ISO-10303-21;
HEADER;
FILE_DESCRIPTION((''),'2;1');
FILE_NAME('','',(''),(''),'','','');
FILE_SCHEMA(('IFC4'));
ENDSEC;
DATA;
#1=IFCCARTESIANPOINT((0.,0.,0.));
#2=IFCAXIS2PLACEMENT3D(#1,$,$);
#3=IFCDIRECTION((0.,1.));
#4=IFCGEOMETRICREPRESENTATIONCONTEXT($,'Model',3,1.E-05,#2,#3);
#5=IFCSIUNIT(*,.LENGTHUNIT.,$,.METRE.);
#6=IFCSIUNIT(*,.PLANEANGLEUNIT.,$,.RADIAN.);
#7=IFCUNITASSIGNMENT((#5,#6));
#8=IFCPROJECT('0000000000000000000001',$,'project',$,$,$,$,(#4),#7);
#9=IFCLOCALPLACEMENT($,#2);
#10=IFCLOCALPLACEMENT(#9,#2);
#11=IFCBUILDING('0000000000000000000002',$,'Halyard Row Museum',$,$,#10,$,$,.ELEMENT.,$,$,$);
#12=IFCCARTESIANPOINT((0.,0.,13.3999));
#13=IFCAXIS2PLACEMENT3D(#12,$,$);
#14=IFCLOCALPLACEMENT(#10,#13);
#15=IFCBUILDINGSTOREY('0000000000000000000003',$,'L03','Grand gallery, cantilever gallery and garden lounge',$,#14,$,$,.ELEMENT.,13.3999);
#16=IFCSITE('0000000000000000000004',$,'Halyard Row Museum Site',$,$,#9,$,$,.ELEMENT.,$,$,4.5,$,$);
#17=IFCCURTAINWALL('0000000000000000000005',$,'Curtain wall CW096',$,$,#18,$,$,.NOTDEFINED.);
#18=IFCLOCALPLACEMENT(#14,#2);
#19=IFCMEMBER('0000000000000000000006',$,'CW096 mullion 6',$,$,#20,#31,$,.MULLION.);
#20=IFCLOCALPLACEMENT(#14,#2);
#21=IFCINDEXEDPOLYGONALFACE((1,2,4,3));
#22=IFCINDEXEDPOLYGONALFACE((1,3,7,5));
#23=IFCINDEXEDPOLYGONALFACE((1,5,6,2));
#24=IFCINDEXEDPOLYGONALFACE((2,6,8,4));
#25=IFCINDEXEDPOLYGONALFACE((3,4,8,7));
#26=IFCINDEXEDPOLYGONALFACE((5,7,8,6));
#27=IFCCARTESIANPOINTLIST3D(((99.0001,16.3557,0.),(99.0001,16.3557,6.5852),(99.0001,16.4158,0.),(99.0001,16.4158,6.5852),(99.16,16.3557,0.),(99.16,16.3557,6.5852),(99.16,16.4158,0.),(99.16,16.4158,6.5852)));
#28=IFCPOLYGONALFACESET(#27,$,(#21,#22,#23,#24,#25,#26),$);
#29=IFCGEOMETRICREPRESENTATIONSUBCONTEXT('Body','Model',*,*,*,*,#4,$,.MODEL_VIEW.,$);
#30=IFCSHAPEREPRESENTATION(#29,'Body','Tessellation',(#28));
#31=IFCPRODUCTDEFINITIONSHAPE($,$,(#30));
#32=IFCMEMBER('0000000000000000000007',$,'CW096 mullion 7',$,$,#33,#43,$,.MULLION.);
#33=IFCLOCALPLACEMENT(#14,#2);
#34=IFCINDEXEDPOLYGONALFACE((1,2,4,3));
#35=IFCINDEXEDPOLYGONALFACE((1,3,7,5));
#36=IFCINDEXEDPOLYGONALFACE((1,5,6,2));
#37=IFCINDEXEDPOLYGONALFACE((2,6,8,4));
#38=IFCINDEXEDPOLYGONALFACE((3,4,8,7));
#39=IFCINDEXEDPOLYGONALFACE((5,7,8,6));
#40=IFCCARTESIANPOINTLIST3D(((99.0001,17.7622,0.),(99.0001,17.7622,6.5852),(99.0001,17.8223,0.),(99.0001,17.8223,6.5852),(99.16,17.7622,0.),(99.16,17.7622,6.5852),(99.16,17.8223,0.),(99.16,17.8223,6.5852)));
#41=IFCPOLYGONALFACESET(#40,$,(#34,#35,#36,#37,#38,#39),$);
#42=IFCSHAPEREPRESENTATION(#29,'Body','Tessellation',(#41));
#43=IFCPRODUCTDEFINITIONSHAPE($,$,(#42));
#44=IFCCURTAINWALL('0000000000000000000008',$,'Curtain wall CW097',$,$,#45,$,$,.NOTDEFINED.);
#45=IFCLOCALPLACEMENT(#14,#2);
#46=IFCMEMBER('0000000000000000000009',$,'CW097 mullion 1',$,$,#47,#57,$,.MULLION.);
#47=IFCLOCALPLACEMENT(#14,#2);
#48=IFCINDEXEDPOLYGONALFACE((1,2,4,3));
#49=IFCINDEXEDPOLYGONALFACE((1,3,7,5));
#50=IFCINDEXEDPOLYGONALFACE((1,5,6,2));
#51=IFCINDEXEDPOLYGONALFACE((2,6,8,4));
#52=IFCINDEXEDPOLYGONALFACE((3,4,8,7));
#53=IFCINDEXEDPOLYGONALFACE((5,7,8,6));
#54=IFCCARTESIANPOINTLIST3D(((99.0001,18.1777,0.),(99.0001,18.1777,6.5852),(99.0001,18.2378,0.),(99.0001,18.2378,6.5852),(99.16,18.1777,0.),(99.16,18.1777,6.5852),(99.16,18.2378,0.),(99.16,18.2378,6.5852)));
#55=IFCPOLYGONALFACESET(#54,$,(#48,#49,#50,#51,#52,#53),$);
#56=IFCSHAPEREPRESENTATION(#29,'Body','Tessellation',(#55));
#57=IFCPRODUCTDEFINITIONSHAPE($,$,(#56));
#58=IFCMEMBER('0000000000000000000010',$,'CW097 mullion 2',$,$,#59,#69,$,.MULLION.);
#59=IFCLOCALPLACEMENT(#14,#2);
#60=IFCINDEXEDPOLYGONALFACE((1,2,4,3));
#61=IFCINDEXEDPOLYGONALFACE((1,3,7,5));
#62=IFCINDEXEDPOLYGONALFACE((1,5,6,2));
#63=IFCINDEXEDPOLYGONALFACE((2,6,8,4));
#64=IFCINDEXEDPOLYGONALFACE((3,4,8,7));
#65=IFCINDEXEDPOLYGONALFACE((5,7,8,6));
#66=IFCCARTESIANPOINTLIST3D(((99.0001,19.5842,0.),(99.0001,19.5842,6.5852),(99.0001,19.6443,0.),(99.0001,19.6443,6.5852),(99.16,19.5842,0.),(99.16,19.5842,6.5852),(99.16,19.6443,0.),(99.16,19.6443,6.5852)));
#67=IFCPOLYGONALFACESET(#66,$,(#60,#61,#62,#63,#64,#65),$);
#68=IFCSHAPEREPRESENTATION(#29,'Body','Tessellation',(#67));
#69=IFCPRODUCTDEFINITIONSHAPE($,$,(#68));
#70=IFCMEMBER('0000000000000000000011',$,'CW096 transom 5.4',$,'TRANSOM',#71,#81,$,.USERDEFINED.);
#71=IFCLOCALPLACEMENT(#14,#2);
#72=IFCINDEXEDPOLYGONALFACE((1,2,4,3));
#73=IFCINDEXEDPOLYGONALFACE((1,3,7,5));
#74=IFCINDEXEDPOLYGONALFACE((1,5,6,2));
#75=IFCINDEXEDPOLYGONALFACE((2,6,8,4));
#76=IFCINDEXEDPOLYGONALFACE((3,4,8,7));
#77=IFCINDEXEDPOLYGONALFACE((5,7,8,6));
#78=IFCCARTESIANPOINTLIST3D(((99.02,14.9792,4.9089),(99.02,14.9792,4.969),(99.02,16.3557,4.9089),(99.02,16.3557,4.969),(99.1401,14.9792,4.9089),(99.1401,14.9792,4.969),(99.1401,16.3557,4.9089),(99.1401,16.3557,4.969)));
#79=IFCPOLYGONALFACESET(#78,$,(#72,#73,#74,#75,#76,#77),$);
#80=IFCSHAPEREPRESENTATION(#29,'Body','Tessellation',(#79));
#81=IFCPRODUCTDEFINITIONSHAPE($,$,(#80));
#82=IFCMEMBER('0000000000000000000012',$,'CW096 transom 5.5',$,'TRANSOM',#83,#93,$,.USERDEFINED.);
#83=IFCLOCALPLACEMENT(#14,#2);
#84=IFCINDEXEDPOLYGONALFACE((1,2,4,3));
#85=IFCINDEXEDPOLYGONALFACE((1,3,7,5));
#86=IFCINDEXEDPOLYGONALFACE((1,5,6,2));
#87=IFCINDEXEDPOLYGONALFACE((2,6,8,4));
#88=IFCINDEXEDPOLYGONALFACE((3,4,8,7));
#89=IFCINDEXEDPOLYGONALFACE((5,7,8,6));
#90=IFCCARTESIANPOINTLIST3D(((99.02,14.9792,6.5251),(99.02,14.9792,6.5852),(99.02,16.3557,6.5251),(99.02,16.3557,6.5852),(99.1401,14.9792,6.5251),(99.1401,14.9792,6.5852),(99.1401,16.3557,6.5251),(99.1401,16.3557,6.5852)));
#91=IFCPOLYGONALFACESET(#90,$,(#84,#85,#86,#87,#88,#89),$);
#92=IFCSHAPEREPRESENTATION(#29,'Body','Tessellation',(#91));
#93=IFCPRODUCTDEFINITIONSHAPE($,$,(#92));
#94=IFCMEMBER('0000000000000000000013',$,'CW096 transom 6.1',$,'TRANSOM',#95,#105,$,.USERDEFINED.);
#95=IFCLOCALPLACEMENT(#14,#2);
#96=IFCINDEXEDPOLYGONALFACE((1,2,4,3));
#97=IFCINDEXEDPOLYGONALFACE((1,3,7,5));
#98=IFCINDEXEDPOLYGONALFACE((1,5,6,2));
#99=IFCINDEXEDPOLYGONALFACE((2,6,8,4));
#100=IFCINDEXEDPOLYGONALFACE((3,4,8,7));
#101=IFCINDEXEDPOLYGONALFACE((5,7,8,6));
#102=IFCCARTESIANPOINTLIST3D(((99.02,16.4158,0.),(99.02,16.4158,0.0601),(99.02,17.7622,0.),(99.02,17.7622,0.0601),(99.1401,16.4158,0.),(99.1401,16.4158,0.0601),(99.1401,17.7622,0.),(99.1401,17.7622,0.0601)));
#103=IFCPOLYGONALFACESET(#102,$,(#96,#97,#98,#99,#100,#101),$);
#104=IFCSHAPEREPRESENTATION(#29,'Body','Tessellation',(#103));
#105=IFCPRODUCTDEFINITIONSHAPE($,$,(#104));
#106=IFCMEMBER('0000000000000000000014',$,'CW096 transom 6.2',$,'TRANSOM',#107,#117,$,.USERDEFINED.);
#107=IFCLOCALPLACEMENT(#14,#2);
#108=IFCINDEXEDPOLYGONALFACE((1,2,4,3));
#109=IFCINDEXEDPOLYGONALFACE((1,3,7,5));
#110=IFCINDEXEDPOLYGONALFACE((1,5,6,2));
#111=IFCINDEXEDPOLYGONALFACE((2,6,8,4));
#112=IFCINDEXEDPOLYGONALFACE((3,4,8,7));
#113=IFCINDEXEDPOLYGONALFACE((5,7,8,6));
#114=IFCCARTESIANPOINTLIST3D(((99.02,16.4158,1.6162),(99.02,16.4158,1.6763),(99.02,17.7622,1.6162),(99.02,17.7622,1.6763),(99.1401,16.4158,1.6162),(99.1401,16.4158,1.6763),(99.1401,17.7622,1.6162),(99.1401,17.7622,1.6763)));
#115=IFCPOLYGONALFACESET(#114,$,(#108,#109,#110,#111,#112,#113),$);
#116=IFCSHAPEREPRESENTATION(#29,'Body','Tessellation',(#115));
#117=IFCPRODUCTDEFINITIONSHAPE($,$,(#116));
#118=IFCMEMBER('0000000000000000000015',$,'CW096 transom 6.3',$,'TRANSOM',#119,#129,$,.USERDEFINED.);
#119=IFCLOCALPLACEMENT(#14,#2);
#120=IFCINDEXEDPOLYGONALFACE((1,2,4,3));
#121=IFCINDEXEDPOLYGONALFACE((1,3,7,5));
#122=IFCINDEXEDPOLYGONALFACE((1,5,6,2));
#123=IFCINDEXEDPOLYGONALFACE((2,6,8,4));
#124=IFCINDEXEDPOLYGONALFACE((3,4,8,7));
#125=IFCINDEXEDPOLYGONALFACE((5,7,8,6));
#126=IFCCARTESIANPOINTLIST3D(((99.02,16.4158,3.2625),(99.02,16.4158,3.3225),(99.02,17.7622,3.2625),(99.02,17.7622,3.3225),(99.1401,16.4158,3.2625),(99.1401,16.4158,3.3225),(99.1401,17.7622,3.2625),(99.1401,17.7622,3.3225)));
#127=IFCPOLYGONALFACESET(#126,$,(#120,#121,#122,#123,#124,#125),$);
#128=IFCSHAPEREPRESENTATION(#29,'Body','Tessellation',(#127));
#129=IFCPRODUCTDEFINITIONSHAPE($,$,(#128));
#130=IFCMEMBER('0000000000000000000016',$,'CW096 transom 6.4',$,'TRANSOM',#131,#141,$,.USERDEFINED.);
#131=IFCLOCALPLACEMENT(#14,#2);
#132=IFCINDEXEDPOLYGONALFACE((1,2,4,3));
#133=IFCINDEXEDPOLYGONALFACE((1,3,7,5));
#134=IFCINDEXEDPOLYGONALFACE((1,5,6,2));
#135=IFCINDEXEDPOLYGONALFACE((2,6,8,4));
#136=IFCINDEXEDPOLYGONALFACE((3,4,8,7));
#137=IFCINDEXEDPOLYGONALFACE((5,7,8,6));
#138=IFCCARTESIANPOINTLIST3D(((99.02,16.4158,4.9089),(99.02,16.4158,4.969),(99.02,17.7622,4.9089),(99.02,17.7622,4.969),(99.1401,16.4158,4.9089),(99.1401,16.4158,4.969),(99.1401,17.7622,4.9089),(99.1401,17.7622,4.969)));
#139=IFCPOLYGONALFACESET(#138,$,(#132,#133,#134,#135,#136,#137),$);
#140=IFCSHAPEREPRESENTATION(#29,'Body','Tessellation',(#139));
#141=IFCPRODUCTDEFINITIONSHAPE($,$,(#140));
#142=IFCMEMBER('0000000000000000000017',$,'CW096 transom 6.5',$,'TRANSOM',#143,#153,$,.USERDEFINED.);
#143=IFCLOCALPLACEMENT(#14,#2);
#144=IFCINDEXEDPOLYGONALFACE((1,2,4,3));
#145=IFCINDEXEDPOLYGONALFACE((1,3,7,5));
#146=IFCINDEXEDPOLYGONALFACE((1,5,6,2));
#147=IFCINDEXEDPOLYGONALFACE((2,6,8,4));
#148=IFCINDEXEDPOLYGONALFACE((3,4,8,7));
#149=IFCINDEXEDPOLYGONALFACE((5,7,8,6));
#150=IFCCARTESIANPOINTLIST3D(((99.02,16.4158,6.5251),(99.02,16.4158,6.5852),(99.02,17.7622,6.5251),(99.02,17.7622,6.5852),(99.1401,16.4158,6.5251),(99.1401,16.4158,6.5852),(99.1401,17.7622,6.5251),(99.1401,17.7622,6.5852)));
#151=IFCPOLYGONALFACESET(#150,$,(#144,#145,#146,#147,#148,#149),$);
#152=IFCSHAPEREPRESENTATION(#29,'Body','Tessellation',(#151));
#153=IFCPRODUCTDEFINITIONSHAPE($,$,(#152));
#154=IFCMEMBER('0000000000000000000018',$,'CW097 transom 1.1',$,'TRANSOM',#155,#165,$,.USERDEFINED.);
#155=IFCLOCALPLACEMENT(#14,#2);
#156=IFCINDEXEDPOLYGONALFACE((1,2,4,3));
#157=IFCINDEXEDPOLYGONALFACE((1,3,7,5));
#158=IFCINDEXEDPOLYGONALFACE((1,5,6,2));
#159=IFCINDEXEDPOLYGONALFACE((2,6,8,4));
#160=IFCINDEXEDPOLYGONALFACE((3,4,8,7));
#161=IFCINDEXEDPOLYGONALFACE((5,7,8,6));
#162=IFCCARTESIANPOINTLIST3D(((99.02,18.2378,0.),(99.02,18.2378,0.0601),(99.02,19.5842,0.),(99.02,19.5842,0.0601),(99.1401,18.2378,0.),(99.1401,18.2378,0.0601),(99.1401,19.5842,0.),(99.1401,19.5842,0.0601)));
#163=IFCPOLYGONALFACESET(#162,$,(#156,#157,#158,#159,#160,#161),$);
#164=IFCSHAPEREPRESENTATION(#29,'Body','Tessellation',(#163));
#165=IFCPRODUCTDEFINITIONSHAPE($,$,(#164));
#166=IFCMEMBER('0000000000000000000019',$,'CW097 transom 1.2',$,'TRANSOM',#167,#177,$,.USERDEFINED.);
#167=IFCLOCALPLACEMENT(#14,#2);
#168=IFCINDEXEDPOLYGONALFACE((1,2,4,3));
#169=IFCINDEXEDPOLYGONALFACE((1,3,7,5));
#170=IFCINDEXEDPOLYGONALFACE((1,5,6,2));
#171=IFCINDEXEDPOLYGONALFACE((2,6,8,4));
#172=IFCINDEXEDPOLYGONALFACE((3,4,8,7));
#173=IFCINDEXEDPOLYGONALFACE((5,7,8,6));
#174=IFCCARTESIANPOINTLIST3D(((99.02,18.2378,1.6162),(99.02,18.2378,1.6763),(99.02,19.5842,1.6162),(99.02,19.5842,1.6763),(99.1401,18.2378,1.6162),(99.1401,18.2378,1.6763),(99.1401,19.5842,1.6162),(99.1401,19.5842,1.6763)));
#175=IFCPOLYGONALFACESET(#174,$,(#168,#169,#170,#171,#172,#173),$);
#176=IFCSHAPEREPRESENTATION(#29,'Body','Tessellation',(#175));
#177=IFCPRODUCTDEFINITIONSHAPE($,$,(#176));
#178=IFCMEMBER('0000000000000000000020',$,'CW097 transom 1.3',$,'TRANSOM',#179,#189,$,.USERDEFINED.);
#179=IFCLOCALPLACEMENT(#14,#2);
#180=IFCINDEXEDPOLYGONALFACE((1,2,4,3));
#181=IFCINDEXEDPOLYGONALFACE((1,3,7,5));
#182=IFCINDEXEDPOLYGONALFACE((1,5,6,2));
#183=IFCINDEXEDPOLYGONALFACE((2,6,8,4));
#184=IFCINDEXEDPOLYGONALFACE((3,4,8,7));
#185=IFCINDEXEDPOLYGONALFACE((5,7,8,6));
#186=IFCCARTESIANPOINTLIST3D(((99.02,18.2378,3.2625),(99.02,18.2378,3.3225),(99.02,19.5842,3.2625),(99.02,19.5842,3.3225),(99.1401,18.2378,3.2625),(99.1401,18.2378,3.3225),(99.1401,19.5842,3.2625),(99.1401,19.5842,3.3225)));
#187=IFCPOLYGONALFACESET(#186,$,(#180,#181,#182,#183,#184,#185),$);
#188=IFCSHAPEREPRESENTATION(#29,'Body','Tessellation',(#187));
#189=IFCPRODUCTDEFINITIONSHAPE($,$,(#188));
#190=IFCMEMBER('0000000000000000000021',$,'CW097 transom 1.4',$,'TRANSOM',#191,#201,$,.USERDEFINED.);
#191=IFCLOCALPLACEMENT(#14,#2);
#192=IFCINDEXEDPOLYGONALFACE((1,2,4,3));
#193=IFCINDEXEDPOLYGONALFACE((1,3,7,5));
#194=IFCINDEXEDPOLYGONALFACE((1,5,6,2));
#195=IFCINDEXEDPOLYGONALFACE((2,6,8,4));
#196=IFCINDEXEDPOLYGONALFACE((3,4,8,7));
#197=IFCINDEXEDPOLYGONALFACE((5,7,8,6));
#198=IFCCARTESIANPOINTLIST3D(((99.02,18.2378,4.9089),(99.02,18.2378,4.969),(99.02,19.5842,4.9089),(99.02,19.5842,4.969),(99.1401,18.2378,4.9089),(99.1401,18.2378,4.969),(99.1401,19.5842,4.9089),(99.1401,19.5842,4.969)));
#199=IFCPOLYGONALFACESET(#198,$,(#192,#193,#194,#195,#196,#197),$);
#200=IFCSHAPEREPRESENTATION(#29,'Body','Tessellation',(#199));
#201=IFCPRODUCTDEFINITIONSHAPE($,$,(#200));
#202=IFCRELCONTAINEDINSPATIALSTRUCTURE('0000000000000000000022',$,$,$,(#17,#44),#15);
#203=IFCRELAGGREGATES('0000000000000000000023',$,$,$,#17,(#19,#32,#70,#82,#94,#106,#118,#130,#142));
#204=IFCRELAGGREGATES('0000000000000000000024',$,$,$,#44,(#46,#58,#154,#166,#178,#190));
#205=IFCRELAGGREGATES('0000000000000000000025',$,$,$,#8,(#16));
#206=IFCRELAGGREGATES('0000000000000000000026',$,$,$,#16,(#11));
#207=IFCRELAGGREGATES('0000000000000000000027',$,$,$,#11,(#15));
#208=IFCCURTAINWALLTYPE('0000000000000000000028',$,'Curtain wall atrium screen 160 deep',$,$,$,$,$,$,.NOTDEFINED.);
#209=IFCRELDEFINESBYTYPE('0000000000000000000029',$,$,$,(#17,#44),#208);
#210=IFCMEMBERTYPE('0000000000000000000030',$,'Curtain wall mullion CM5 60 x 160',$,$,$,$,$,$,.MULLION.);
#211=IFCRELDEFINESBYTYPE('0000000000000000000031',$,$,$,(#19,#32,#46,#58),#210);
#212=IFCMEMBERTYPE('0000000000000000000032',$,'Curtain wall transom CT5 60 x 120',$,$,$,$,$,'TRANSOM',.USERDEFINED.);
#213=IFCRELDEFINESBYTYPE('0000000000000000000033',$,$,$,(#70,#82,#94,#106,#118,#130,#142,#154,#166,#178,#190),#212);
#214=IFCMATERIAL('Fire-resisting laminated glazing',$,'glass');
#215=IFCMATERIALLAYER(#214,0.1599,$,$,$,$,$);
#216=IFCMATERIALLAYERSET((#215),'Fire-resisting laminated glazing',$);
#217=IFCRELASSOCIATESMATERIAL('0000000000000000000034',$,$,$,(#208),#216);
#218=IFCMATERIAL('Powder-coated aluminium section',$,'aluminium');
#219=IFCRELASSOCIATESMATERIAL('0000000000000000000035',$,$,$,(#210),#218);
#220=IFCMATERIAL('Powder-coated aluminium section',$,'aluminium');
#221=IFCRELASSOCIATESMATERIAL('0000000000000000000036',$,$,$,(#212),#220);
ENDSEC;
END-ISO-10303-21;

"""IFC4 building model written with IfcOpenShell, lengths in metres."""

from ifc_helpers import new_model, si_unit, direction, frame, origin, origin_2d, place, context, subcontext, project, spatial, rectangle, extrude, material, layer, layer_set, material_profile, profile_set, type_object, element, aggregate, save


model = new_model("IFC4")

# Units and contexts
model_context = context("Model", 3, precision=1e-05, world=origin(), true_north=direction((0.0, 1.0)))
body_context = subcontext(model_context, "Body", "Model", "MODEL_VIEW")
ifc_project = project(units=[si_unit("LENGTHUNIT", "METRE"), si_unit("PLANEANGLEUNIT", "RADIAN")], contexts=[model_context])

# Site, building, storey
site_placement = place(None, origin())
site = spatial("IfcSite", under=ifc_project, at=site_placement, Name="Halyard Row Museum Site", CompositionType="ELEMENT", RefElevation=4.5)
building_placement = place(site_placement, origin())
building = spatial("IfcBuilding", under=site, at=building_placement, Name="Halyard Row Museum", CompositionType="ELEMENT")
storey_placement = place(building_placement, frame((0.0, 0.0, 13.3999)))
storey = spatial("IfcBuildingStorey", under=building, at=storey_placement, Name="L03", Description="Grand gallery, cantilever gallery and garden lounge", CompositionType="ELEMENT", Elevation=13.3999)

# Curtain walls, members
ifc_material_1 = material(Name="Fire-resisting laminated glazing", Category="glass")
ifc_layer_1 = layer(ifc_material_1, 0.1599)
ifc_layer_set_1 = layer_set([ifc_layer_1], Name="Fire-resisting laminated glazing")
curtain_wall_type = type_object("IfcCurtainWallType", Name="Curtain wall atrium screen 160 deep", PredefinedType="NOTDEFINED", material=ifc_layer_set_1)
curtain_wall_1_placement = place(storey_placement, origin())
curtain_wall_1 = element("IfcCurtainWall", 1, at=curtain_wall_1_placement, inside=storey, type_object=curtain_wall_type, Name="Curtain wall CW096", PredefinedType="NOTDEFINED")
ifc_material_2 = material(Name="Powder-coated aluminium section", Category="aluminium")
ifc_material_profile_1 = material_profile(ifc_material_2, rectangle(XDim=0.1599, YDim=0.0601, at=origin_2d()), Name="160x60 mullion")
ifc_profile_set_1 = profile_set([ifc_material_profile_1], Name="Powder-coated aluminium section")
member_type_1 = type_object("IfcMemberType", Name="Curtain wall mullion CM5 60 x 160", PredefinedType="MULLION", material=ifc_profile_set_1)
member_1_placement = place(storey_placement, frame((99.0801, 16.3857, 0.0), z_axis=(0.0, 0.0, 1.0), x_axis=(-1.0, 0.0, 0.0)))
member_1 = element("IfcMember", 2, at=member_1_placement, type_object=member_type_1, Name="CW096 mullion 6", PredefinedType="MULLION", context=body_context, shape_type="SweptSolid", body=[
    extrude(rectangle(XDim=0.1599, YDim=0.0601, at=origin_2d()), origin(), (0.0, 0.0, 1.0), 6.5852),
])
member_2_placement = place(storey_placement, frame((99.0801, 17.7922, 0.0), z_axis=(0.0, 0.0, 1.0), x_axis=(-1.0, 0.0, 0.0)))
member_2 = element("IfcMember", 3, at=member_2_placement, type_object=member_type_1, Name="CW096 mullion 7", PredefinedType="MULLION", context=body_context, shape_type="SweptSolid", body=[
    extrude(rectangle(XDim=0.1599, YDim=0.0601, at=origin_2d()), origin(), (0.0, 0.0, 1.0), 6.5852),
])
curtain_wall_2_placement = place(storey_placement, origin())
curtain_wall_2 = element("IfcCurtainWall", 4, at=curtain_wall_2_placement, inside=storey, type_object=curtain_wall_type, Name="Curtain wall CW097", PredefinedType="NOTDEFINED")
member_3_placement = place(storey_placement, frame((99.0801, 18.2078, 0.0), z_axis=(0.0, 0.0, 1.0), x_axis=(-1.0, 0.0, 0.0)))
member_3 = element("IfcMember", 5, at=member_3_placement, type_object=member_type_1, Name="CW097 mullion 1", PredefinedType="MULLION", context=body_context, shape_type="SweptSolid", body=[
    extrude(rectangle(XDim=0.1599, YDim=0.0601, at=origin_2d()), origin(), (0.0, 0.0, 1.0), 6.5852),
])
member_4_placement = place(storey_placement, frame((99.0801, 19.6143, 0.0), z_axis=(0.0, 0.0, 1.0), x_axis=(-1.0, 0.0, 0.0)))
member_4 = element("IfcMember", 6, at=member_4_placement, type_object=member_type_1, Name="CW097 mullion 2", PredefinedType="MULLION", context=body_context, shape_type="SweptSolid", body=[
    extrude(rectangle(XDim=0.1599, YDim=0.0601, at=origin_2d()), origin(), (0.0, 0.0, 1.0), 6.5852),
])

# Members
ifc_material_3 = material(Name="Powder-coated aluminium section", Category="aluminium")
ifc_material_profile_2 = material_profile(ifc_material_3, rectangle(XDim=0.1201, YDim=0.0601, at=origin_2d()), Name="120x60 transom")
ifc_profile_set_2 = profile_set([ifc_material_profile_2], Name="Powder-coated aluminium section")
member_type_2 = type_object("IfcMemberType", Name="Curtain wall transom CT5 60 x 120", ElementType="TRANSOM", PredefinedType="USERDEFINED", material=ifc_profile_set_2)
member_5_placement = place(storey_placement, frame((99.0801, 14.9792, 4.939), z_axis=(0.0, 1.0, 0.0), x_axis=(-1.0, 0.0, 0.0)))
member_5 = element("IfcMember", 7, at=member_5_placement, type_object=member_type_2, Name="CW096 transom 5.4", ObjectType="TRANSOM", PredefinedType="USERDEFINED", context=body_context, shape_type="SweptSolid", body=[
    extrude(rectangle(XDim=0.1201, YDim=0.0601, at=origin_2d()), origin(), (0.0, 0.0, 1.0), 1.3765),
])
member_6_placement = place(storey_placement, frame((99.0801, 14.9792, 6.5552), z_axis=(0.0, 1.0, 0.0), x_axis=(-1.0, 0.0, 0.0)))
member_6 = element("IfcMember", 8, at=member_6_placement, type_object=member_type_2, Name="CW096 transom 5.5", ObjectType="TRANSOM", PredefinedType="USERDEFINED", context=body_context, shape_type="SweptSolid", body=[
    extrude(rectangle(XDim=0.1201, YDim=0.0601, at=origin_2d()), origin(), (0.0, 0.0, 1.0), 1.3765),
])
member_7_placement = place(storey_placement, frame((99.0801, 16.4158, 0.03), z_axis=(0.0, 1.0, 0.0), x_axis=(-1.0, 0.0, 0.0)))
member_7 = element("IfcMember", 9, at=member_7_placement, type_object=member_type_2, Name="CW096 transom 6.1", ObjectType="TRANSOM", PredefinedType="USERDEFINED", context=body_context, shape_type="SweptSolid", body=[
    extrude(rectangle(XDim=0.1201, YDim=0.0601, at=origin_2d()), origin(), (0.0, 0.0, 1.0), 1.3464),
])
member_8_placement = place(storey_placement, frame((99.0801, 16.4158, 1.6462), z_axis=(0.0, 1.0, 0.0), x_axis=(-1.0, 0.0, 0.0)))
member_8 = element("IfcMember", 10, at=member_8_placement, type_object=member_type_2, Name="CW096 transom 6.2", ObjectType="TRANSOM", PredefinedType="USERDEFINED", context=body_context, shape_type="SweptSolid", body=[
    extrude(rectangle(XDim=0.1201, YDim=0.0601, at=origin_2d()), origin(), (0.0, 0.0, 1.0), 1.3464),
])
member_9_placement = place(storey_placement, frame((99.0801, 16.4158, 3.2925), z_axis=(0.0, 1.0, 0.0), x_axis=(-1.0, 0.0, 0.0)))
member_9 = element("IfcMember", 11, at=member_9_placement, type_object=member_type_2, Name="CW096 transom 6.3", ObjectType="TRANSOM", PredefinedType="USERDEFINED", context=body_context, shape_type="SweptSolid", body=[
    extrude(rectangle(XDim=0.1201, YDim=0.0601, at=origin_2d()), origin(), (0.0, 0.0, 1.0), 1.3464),
])
member_10_placement = place(storey_placement, frame((99.0801, 16.4158, 4.939), z_axis=(0.0, 1.0, 0.0), x_axis=(-1.0, 0.0, 0.0)))
member_10 = element("IfcMember", 12, at=member_10_placement, type_object=member_type_2, Name="CW096 transom 6.4", ObjectType="TRANSOM", PredefinedType="USERDEFINED", context=body_context, shape_type="SweptSolid", body=[
    extrude(rectangle(XDim=0.1201, YDim=0.0601, at=origin_2d()), origin(), (0.0, 0.0, 1.0), 1.3464),
])
member_11_placement = place(storey_placement, frame((99.0801, 16.4158, 6.5552), z_axis=(0.0, 1.0, 0.0), x_axis=(-1.0, 0.0, 0.0)))
member_11 = element("IfcMember", 13, at=member_11_placement, type_object=member_type_2, Name="CW096 transom 6.5", ObjectType="TRANSOM", PredefinedType="USERDEFINED", context=body_context, shape_type="SweptSolid", body=[
    extrude(rectangle(XDim=0.1201, YDim=0.0601, at=origin_2d()), origin(), (0.0, 0.0, 1.0), 1.3464),
])
member_12_placement = place(storey_placement, frame((99.0801, 18.2378, 0.03), z_axis=(0.0, 1.0, 0.0), x_axis=(-1.0, 0.0, 0.0)))
member_12 = element("IfcMember", 14, at=member_12_placement, type_object=member_type_2, Name="CW097 transom 1.1", ObjectType="TRANSOM", PredefinedType="USERDEFINED", context=body_context, shape_type="SweptSolid", body=[
    extrude(rectangle(XDim=0.1201, YDim=0.0601, at=origin_2d()), origin(), (0.0, 0.0, 1.0), 1.3464),
])
member_13_placement = place(storey_placement, frame((99.0801, 18.2378, 1.6462), z_axis=(0.0, 1.0, 0.0), x_axis=(-1.0, 0.0, 0.0)))
member_13 = element("IfcMember", 15, at=member_13_placement, type_object=member_type_2, Name="CW097 transom 1.2", ObjectType="TRANSOM", PredefinedType="USERDEFINED", context=body_context, shape_type="SweptSolid", body=[
    extrude(rectangle(XDim=0.1201, YDim=0.0601, at=origin_2d()), origin(), (0.0, 0.0, 1.0), 1.3464),
])
member_14_placement = place(storey_placement, frame((99.0801, 18.2378, 3.2925), z_axis=(0.0, 1.0, 0.0), x_axis=(-1.0, 0.0, 0.0)))
member_14 = element("IfcMember", 16, at=member_14_placement, type_object=member_type_2, Name="CW097 transom 1.3", ObjectType="TRANSOM", PredefinedType="USERDEFINED", context=body_context, shape_type="SweptSolid", body=[
    extrude(rectangle(XDim=0.1201, YDim=0.0601, at=origin_2d()), origin(), (0.0, 0.0, 1.0), 1.3464),
])
member_15_placement = place(storey_placement, frame((99.0801, 18.2378, 4.939), z_axis=(0.0, 1.0, 0.0), x_axis=(-1.0, 0.0, 0.0)))
member_15 = element("IfcMember", 17, at=member_15_placement, type_object=member_type_2, Name="CW097 transom 1.4", ObjectType="TRANSOM", PredefinedType="USERDEFINED", context=body_context, shape_type="SweptSolid", body=[
    extrude(rectangle(XDim=0.1201, YDim=0.0601, at=origin_2d()), origin(), (0.0, 0.0, 1.0), 1.3464),
])

aggregate(curtain_wall_1, [member_1, member_2, member_5, member_6, member_7, member_8, member_9, member_10, member_11])
aggregate(curtain_wall_2, [member_3, member_4, member_12, member_13, member_14, member_15])

save(model, "model.ifc")
